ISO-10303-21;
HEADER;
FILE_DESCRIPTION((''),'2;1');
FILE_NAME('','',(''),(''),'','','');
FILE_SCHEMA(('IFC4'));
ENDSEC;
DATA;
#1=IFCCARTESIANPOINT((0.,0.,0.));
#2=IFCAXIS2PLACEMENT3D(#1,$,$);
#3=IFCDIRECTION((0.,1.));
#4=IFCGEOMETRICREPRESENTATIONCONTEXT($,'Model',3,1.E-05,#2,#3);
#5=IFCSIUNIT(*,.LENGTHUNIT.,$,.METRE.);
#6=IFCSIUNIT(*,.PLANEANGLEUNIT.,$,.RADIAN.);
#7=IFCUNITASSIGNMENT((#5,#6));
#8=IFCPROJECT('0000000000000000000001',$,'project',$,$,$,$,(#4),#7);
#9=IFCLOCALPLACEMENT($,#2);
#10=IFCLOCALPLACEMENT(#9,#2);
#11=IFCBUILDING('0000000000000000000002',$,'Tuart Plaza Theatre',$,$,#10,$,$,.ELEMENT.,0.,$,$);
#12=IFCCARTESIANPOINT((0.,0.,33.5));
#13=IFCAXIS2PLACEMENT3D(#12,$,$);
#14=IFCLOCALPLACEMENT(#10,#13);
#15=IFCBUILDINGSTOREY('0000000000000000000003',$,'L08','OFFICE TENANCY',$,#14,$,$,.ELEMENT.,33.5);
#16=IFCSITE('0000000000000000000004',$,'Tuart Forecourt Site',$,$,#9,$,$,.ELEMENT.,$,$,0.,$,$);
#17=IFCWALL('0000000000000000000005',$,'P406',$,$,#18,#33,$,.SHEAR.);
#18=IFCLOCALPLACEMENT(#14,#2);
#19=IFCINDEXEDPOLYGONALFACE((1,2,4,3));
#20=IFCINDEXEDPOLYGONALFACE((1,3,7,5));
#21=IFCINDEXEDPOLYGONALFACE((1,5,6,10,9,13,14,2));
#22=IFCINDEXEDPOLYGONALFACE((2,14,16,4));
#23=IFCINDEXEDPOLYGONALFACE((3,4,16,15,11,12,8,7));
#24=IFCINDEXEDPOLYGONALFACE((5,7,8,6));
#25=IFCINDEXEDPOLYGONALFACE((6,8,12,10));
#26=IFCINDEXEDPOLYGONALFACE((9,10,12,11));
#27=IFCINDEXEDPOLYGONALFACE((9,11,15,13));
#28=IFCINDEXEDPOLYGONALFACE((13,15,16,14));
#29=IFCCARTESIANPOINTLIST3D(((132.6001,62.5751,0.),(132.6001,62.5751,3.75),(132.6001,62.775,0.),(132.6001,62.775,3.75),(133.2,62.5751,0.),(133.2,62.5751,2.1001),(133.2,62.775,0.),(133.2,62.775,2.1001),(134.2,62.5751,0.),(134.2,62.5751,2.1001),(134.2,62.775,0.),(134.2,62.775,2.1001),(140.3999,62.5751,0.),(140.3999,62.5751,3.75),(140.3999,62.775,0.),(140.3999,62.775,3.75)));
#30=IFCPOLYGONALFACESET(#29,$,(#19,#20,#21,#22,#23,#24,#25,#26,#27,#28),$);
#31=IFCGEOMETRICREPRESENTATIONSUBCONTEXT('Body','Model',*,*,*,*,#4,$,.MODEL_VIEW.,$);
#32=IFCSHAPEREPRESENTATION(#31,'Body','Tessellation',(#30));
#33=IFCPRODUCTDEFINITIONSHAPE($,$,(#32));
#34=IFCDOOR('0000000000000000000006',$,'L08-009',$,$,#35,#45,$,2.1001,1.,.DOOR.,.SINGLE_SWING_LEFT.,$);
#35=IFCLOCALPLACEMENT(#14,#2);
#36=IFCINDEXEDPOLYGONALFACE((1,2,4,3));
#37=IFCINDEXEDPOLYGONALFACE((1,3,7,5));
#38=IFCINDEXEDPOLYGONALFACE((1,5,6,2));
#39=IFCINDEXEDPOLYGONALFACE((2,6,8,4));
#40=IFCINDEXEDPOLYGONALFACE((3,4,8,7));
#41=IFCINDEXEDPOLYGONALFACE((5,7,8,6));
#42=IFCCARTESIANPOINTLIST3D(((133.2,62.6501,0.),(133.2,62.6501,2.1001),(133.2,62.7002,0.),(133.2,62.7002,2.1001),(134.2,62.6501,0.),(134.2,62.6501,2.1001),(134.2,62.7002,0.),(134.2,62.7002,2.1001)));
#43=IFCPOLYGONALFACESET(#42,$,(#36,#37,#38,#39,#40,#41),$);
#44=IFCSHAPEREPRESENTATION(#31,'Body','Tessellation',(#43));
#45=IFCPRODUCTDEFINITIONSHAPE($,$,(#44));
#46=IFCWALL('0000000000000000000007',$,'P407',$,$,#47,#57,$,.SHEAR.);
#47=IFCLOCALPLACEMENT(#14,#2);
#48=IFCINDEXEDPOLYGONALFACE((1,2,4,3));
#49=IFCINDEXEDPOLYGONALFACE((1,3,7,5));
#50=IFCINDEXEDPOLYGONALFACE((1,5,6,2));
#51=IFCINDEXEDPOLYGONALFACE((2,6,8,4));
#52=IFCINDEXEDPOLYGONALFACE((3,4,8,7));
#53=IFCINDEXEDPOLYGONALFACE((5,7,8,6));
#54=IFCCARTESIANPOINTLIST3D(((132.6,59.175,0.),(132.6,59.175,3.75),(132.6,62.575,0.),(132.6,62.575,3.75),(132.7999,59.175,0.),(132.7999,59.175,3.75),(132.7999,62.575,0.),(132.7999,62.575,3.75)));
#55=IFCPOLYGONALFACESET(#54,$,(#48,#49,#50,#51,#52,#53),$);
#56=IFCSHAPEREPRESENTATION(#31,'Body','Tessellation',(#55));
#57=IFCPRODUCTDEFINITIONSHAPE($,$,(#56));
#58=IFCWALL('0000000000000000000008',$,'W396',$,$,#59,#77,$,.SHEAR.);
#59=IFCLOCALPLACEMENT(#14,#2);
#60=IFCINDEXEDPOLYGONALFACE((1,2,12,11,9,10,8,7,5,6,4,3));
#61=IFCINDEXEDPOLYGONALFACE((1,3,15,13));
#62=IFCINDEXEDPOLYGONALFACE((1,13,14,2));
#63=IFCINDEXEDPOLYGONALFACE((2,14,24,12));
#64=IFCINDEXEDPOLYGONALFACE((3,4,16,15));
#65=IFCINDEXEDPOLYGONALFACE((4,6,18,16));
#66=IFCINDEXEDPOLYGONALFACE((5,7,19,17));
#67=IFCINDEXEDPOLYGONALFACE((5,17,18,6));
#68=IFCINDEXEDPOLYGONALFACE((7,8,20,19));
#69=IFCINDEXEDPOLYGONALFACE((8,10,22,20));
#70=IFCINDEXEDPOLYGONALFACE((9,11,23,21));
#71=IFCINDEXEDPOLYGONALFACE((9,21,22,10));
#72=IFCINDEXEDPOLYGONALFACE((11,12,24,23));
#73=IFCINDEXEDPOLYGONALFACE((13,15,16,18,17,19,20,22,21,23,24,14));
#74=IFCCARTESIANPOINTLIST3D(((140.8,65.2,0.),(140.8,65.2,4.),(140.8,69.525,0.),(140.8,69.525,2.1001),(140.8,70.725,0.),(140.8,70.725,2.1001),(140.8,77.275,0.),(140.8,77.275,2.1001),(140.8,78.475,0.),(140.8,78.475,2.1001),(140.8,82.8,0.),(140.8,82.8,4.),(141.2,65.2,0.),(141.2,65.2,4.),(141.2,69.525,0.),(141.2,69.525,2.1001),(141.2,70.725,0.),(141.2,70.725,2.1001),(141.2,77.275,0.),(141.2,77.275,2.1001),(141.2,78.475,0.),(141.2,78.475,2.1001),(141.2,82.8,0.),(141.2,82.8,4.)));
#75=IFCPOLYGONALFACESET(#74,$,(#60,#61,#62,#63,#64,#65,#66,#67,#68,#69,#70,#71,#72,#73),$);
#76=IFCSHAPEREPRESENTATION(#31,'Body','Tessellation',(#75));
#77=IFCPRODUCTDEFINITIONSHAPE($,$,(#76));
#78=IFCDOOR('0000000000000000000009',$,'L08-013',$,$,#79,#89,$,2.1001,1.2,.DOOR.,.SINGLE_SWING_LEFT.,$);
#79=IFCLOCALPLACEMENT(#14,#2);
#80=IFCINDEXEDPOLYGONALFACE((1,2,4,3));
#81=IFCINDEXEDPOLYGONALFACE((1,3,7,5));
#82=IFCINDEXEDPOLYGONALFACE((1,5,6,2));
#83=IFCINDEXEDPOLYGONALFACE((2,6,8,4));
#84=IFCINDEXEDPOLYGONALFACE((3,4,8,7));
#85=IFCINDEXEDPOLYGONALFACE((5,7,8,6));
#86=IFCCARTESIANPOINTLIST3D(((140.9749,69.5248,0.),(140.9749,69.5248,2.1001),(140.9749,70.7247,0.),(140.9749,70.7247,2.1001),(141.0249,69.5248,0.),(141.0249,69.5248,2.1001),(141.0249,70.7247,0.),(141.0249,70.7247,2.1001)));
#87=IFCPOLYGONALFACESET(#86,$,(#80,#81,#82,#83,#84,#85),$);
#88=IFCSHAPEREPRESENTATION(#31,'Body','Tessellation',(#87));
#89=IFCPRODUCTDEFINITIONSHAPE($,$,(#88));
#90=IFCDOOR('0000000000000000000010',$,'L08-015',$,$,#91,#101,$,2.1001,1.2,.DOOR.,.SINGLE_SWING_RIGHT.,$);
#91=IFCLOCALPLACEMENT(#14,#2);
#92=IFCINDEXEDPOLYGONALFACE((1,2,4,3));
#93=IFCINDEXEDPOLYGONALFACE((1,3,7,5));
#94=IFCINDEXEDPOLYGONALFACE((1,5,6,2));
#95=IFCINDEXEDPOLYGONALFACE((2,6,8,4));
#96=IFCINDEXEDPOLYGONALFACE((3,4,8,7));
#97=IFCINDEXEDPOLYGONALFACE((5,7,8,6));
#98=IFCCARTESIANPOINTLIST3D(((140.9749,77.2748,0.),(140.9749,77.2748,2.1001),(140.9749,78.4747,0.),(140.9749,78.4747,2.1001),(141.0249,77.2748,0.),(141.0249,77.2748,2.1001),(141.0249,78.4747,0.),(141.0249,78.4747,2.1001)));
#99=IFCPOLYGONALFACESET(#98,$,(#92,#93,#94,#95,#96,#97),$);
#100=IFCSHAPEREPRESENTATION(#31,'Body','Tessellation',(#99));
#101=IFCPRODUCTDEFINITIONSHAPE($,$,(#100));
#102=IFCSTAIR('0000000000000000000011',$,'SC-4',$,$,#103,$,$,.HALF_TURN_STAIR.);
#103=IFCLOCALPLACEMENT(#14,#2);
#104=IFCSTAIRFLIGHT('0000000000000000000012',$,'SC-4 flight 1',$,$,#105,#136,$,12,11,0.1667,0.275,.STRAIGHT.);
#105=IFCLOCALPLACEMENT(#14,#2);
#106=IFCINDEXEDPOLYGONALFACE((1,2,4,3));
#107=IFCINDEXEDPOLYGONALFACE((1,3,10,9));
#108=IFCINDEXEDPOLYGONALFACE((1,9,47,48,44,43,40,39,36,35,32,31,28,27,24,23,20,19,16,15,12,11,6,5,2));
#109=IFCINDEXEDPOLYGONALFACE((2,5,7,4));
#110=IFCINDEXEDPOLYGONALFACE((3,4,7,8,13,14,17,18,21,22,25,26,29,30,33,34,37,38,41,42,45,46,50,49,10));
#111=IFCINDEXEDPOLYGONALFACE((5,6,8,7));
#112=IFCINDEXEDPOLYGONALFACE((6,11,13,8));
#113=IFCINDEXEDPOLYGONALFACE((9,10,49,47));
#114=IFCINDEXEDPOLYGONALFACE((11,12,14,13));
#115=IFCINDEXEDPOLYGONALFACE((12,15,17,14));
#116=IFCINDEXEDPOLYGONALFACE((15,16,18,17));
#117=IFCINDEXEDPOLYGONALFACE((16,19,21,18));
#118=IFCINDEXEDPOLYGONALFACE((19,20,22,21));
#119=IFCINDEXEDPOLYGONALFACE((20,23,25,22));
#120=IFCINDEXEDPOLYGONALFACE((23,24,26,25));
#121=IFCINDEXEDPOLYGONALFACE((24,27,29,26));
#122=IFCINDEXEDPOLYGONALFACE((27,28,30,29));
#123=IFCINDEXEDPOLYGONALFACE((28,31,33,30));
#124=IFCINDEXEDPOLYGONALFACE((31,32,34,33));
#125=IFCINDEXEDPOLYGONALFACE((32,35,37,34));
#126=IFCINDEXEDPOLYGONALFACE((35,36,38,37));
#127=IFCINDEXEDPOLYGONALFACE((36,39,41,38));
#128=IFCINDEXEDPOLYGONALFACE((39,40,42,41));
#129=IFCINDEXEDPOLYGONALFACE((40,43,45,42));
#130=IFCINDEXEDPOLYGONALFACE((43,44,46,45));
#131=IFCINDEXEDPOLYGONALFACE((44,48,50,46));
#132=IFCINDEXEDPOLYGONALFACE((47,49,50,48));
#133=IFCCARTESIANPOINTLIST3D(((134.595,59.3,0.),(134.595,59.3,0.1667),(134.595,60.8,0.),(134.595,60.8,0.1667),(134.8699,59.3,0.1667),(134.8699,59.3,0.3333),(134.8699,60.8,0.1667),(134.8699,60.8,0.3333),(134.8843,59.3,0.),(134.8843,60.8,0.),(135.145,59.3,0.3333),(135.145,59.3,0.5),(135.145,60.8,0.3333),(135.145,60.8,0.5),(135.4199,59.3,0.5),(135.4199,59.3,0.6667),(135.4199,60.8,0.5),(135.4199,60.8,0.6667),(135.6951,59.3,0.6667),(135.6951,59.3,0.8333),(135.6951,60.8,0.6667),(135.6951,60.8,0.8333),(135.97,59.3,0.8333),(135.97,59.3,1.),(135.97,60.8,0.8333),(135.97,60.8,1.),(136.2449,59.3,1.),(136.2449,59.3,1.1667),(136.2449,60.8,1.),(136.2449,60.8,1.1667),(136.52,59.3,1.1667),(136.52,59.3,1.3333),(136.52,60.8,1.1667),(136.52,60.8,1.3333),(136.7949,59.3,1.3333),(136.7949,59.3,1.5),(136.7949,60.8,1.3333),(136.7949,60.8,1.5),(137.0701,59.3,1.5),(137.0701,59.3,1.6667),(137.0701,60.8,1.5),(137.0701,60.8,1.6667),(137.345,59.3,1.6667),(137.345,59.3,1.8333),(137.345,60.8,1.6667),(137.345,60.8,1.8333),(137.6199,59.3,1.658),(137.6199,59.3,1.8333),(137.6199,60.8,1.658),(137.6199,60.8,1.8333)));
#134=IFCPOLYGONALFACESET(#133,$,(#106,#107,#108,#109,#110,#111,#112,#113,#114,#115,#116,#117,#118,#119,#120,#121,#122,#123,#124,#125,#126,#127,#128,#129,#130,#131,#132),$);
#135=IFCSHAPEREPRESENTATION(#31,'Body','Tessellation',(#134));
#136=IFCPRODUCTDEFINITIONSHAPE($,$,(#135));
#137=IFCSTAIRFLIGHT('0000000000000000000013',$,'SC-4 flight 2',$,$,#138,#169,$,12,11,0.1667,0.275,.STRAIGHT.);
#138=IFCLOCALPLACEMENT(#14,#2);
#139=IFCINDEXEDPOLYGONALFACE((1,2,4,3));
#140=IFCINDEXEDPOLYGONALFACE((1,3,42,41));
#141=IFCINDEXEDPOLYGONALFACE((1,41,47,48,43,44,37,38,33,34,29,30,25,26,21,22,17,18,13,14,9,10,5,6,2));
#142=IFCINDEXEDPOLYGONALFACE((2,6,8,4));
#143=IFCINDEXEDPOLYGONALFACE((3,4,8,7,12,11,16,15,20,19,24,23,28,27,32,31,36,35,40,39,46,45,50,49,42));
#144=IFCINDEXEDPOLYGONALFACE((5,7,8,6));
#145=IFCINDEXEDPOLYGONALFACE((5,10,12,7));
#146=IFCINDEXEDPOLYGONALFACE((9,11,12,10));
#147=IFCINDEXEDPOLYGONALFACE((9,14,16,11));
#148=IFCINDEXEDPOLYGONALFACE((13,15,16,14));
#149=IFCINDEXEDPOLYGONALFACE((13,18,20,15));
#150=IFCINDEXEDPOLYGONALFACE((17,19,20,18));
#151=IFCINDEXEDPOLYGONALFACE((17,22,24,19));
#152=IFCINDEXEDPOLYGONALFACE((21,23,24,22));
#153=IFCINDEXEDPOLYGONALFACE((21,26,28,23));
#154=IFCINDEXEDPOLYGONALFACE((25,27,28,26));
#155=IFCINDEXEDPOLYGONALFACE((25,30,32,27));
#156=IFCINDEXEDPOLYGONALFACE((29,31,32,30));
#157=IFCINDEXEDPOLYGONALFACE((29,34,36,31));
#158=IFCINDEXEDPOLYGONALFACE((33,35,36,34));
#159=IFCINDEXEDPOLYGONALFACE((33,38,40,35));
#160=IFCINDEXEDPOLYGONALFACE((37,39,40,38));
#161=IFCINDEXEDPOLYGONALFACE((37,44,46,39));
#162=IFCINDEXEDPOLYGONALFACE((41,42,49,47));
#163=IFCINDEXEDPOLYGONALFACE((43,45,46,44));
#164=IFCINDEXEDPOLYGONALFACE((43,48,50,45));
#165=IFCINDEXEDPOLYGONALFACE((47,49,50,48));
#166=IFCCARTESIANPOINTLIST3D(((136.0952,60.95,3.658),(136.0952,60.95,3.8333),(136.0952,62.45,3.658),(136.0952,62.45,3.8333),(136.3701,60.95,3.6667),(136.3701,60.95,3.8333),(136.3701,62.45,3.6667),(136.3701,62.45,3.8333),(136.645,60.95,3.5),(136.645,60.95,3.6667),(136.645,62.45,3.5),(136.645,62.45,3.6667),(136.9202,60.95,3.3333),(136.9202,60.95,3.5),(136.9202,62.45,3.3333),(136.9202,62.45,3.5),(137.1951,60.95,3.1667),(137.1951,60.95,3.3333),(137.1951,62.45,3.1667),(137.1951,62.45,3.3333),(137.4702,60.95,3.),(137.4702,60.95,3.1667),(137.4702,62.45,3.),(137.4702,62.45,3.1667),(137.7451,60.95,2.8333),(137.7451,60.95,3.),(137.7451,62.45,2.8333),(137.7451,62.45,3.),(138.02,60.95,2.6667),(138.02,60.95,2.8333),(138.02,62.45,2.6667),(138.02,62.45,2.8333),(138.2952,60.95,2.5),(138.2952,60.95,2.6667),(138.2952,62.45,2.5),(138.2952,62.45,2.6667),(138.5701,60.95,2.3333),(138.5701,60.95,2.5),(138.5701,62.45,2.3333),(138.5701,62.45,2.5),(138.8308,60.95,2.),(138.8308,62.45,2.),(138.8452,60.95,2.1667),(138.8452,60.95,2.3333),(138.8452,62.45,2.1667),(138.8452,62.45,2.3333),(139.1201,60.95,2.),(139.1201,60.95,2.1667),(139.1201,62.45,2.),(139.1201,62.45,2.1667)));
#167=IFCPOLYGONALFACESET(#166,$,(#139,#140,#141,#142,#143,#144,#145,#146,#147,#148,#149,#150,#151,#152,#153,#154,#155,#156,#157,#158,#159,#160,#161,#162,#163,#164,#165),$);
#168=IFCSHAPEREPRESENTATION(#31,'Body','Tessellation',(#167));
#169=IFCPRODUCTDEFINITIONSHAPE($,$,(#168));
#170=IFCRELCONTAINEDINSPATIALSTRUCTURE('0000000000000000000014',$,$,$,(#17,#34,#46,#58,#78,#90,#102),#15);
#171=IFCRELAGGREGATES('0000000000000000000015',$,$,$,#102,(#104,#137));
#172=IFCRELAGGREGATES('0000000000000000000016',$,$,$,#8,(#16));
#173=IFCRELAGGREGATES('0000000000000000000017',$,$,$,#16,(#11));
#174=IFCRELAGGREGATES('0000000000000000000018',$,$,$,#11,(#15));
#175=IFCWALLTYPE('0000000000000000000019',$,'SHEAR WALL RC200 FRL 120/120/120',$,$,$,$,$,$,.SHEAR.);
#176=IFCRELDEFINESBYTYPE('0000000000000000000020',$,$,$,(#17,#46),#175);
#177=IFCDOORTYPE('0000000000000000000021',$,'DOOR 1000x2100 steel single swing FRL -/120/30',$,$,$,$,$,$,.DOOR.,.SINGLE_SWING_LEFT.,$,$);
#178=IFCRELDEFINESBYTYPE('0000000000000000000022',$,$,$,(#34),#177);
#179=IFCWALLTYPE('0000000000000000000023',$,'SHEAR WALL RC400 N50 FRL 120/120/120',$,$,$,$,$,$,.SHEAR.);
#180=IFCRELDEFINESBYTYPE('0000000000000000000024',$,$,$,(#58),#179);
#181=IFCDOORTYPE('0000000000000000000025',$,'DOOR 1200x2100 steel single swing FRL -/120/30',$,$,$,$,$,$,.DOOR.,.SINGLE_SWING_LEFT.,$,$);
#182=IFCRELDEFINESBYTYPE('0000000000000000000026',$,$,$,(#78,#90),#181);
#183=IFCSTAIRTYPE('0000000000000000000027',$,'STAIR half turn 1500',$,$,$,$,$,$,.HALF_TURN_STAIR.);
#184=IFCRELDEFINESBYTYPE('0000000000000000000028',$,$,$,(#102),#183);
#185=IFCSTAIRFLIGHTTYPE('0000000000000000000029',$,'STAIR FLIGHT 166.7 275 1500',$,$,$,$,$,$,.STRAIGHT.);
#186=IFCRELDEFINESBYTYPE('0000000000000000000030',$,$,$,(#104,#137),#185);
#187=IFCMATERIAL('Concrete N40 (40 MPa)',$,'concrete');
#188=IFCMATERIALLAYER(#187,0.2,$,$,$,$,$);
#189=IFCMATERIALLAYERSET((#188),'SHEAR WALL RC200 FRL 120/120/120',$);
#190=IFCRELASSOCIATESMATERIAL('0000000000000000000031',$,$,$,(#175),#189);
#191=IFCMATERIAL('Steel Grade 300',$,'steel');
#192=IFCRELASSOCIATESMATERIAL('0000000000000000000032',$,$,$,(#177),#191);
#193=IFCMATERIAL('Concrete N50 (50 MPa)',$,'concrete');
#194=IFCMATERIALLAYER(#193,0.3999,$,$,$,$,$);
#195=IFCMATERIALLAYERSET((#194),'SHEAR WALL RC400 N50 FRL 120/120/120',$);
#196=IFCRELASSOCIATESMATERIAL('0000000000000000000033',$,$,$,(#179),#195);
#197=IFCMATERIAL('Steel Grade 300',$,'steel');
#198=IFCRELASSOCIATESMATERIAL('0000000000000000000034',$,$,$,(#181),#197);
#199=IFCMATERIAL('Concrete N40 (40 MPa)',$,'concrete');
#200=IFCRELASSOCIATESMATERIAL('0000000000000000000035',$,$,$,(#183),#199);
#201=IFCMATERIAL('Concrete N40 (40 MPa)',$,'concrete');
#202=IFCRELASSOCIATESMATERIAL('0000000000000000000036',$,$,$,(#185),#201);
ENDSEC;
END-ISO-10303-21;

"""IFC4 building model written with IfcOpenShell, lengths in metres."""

from ifc_helpers import new_model, si_unit, direction, frame, frame_2d, origin, place, context, subcontext, project, spatial, polyline, rectangle, outline, extrude, material, layer, layer_set, type_object, element, fill, aggregate, save


model = new_model("IFC4")

# Units and contexts
model_context = context("Model", 3, precision=1e-05, world=origin(), true_north=direction((0.0, 1.0)))
body_context = subcontext(model_context, "Body", "Model", "MODEL_VIEW")
ifc_project = project(units=[si_unit("LENGTHUNIT", "METRE"), si_unit("PLANEANGLEUNIT", "RADIAN")], contexts=[model_context])

# Site, building, storey
site_placement = place(None, origin())
site = spatial("IfcSite", under=ifc_project, at=site_placement, Name="Tuart Forecourt Site", CompositionType="ELEMENT", RefElevation=0.0)
building_placement = place(site_placement, origin())
building = spatial("IfcBuilding", under=site, at=building_placement, Name="Tuart Plaza Theatre", CompositionType="ELEMENT", ElevationOfRefHeight=0.0)
storey_placement = place(building_placement, frame((0.0, 0.0, 33.5)))
storey = spatial("IfcBuildingStorey", under=building, at=storey_placement, Name="L08", Description="OFFICE TENANCY", CompositionType="ELEMENT", Elevation=33.5)

# Shared definitions
ifc_material_1 = material(Name="Concrete N40 (40 MPa)", Category="concrete")
ifc_layer_1 = layer(ifc_material_1, 0.2)
ifc_layer_set_1 = layer_set([ifc_layer_1], Name="SHEAR WALL RC200 FRL 120/120/120")
wall_type_1 = type_object("IfcWallType", Name="SHEAR WALL RC200 FRL 120/120/120", PredefinedType="SHEAR", material=ifc_layer_set_1)

# Wall, opening, door
wall_1_placement = place(storey_placement, frame((140.3999, 62.675, 0.0), z_axis=(0.0, 0.0, 1.0), x_axis=(-1.0, 0.0, 0.0)))
wall_1 = element("IfcWall", 1, at=wall_1_placement, inside=storey, type_object=wall_type_1, Name="P406", PredefinedType="SHEAR", context=body_context, shape_type="SweptSolid", body=[
    extrude(rectangle(XDim=7.7998, YDim=0.2, at=frame_2d((3.8999, 0.0))), origin(), (0.0, 0.0, 1.0), 3.75),
])
opening_1_placement = place(wall_1_placement, frame((6.2, 0.0, 0.0)))
opening_1 = element("IfcOpeningElement", 2, at=opening_1_placement, cuts=wall_1, PredefinedType="OPENING", context=body_context, shape_type="SweptSolid", body=[
    extrude(rectangle(XDim=1.0, YDim=2.1001, at=frame_2d((0.5, 1.05))), frame((0.0, 0.1099, 0.0), z_axis=(0.0, -1.0, 0.0), x_axis=(1.0, 0.0, 0.0)), (0.0, 0.0, 1.0), 0.22),
])
ifc_material_2 = material(Name="Steel Grade 300", Category="steel")
door_type_1 = type_object("IfcDoorType", Name="DOOR 1000x2100 steel single swing FRL -/120/30", OperationType="SINGLE_SWING_LEFT", PredefinedType="DOOR", material=ifc_material_2)
door_1_placement = place(opening_1_placement, origin())
door_1 = element("IfcDoor", 3, at=door_1_placement, inside=storey, type_object=door_type_1, Name="L08-009", OperationType="SINGLE_SWING_LEFT", OverallHeight=2.1001, OverallWidth=1.0, PredefinedType="DOOR", context=body_context, shape_type="SweptSolid", body=[
    extrude(rectangle(XDim=1.0, YDim=2.1001, at=frame_2d((0.5, 1.05))), frame((0.0, 0.0249, 0.0), z_axis=(0.0, -1.0, 0.0), x_axis=(1.0, 0.0, 0.0)), (0.0, 0.0, 1.0), 0.05),
])
fill(opening_1, door_1)

# Wall
wall_2_placement = place(storey_placement, frame((132.7, 62.575, 0.0), z_axis=(0.0, 0.0, 1.0), x_axis=(0.0, -1.0, 0.0)))
element("IfcWall", 4, at=wall_2_placement, inside=storey, type_object=wall_type_1, Name="P407", PredefinedType="SHEAR", context=body_context, shape_type="SweptSolid", body=[
    extrude(rectangle(XDim=3.3999, YDim=0.2, at=frame_2d((1.7, 0.0))), origin(), (0.0, 0.0, 1.0), 3.75),
])

# Wall, openings, doors
ifc_material_3 = material(Name="Concrete N50 (50 MPa)", Category="concrete")
ifc_layer_2 = layer(ifc_material_3, 0.3999)
ifc_layer_set_2 = layer_set([ifc_layer_2], Name="SHEAR WALL RC400 N50 FRL 120/120/120")
wall_type_2 = type_object("IfcWallType", Name="SHEAR WALL RC400 N50 FRL 120/120/120", PredefinedType="SHEAR", material=ifc_layer_set_2)
wall_3_placement = place(storey_placement, frame((141.0, 65.2, 0.0), z_axis=(0.0, 0.0, 1.0), x_axis=(0.0, 1.0, 0.0)))
wall_3 = element("IfcWall", 5, at=wall_3_placement, inside=storey, type_object=wall_type_2, Name="W396", PredefinedType="SHEAR", context=body_context, shape_type="SweptSolid", body=[
    extrude(rectangle(XDim=17.6001, YDim=0.3999, at=frame_2d((8.8, 0.0))), origin(), (0.0, 0.0, 1.0), 4.0),
])
opening_2_placement = place(wall_3_placement, frame((4.325, 0.0, 0.0)))
opening_2 = element("IfcOpeningElement", 6, at=opening_2_placement, cuts=wall_3, PredefinedType="OPENING", context=body_context, shape_type="SweptSolid", body=[
    extrude(rectangle(XDim=1.2, YDim=2.1001, at=frame_2d((0.6001, 1.05))), frame((0.0, 0.21, 0.0), z_axis=(0.0, -1.0, 0.0), x_axis=(1.0, 0.0, 0.0)), (0.0, 0.0, 1.0), 0.4199),
])
opening_3_placement = place(wall_3_placement, frame((12.075, 0.0, 0.0)))
opening_3 = element("IfcOpeningElement", 7, at=opening_3_placement, cuts=wall_3, PredefinedType="OPENING", context=body_context, shape_type="SweptSolid", body=[
    extrude(rectangle(XDim=1.2, YDim=2.1001, at=frame_2d((0.6001, 1.05))), frame((0.0, 0.21, 0.0), z_axis=(0.0, -1.0, 0.0), x_axis=(1.0, 0.0, 0.0)), (0.0, 0.0, 1.0), 0.4199),
])
ifc_material_4 = material(Name="Steel Grade 300", Category="steel")
door_type_2 = type_object("IfcDoorType", Name="DOOR 1200x2100 steel single swing FRL -/120/30", OperationType="SINGLE_SWING_LEFT", PredefinedType="DOOR", material=ifc_material_4)
door_2_placement = place(opening_2_placement, frame((1.2, 0.0, 0.0), z_axis=(0.0, 0.0, 1.0), x_axis=(-1.0, 0.0, 0.0)))
door_2 = element("IfcDoor", 8, at=door_2_placement, inside=storey, type_object=door_type_2, Name="L08-013", OperationType="SINGLE_SWING_LEFT", OverallHeight=2.1001, OverallWidth=1.2, PredefinedType="DOOR", context=body_context, shape_type="SweptSolid", body=[
    extrude(rectangle(XDim=1.2, YDim=2.1001, at=frame_2d((0.6001, 1.05))), frame((0.0, 0.0249, 0.0), z_axis=(0.0, -1.0, 0.0), x_axis=(1.0, 0.0, 0.0)), (0.0, 0.0, 1.0), 0.05),
])
fill(opening_2, door_2)
door_3_placement = place(opening_3_placement, frame((1.2, 0.0, 0.0), z_axis=(0.0, 0.0, 1.0), x_axis=(-1.0, 0.0, 0.0)))
door_3 = element("IfcDoor", 9, at=door_3_placement, inside=storey, type_object=door_type_2, Name="L08-015", OperationType="SINGLE_SWING_RIGHT", OverallHeight=2.1001, OverallWidth=1.2, PredefinedType="DOOR", context=body_context, shape_type="SweptSolid", body=[
    extrude(rectangle(XDim=1.2, YDim=2.1001, at=frame_2d((0.6001, 1.05))), frame((0.0, 0.0249, 0.0), z_axis=(0.0, -1.0, 0.0), x_axis=(1.0, 0.0, 0.0)), (0.0, 0.0, 1.0), 0.05),
])
fill(opening_3, door_3)

# Stair, stair flights
ifc_material_5 = material(Name="Concrete N40 (40 MPa)", Category="concrete")
stair_type = type_object("IfcStairType", Name="STAIR half turn 1500", PredefinedType="HALF_TURN_STAIR", material=ifc_material_5)
stair_placement = place(storey_placement, origin())
stair = element("IfcStair", 10, at=stair_placement, inside=storey, type_object=stair_type, Name="SC-4", PredefinedType="HALF_TURN_STAIR")
ifc_material_6 = material(Name="Concrete N40 (40 MPa)", Category="concrete")
stair_flight_type = type_object("IfcStairFlightType", Name="STAIR FLIGHT 166.7 275 1500", PredefinedType="STRAIGHT", material=ifc_material_6)
stair_flight_1_placement = place(storey_placement, frame((134.595, 60.05, 0.0), z_axis=(0.0, 0.0, 1.0), x_axis=(1.0, 0.0, 0.0)))
stair_flight_1 = element("IfcStairFlight", 11, at=stair_flight_1_placement, type_object=stair_flight_type, Name="SC-4 flight 1", NumberOfRisers=12, NumberOfTreads=11, PredefinedType="STRAIGHT", RiserHeight=0.1667, TreadLength=0.275, context=body_context, shape_type="SweptSolid", body=[
    extrude(outline(polyline([(0.0, 0.0), (0.0, 0.1667), (0.2749, 0.1667), (0.2749, 0.3333), (0.55, 0.3333), (0.55, 0.5), (0.825, 0.5), (0.825, 0.6667), (1.1001, 0.6667), (1.1001, 0.8333), (1.375, 0.8333), (1.375, 1.0), (1.6499, 1.0), (1.6499, 1.1667), (1.925, 1.1667), (1.925, 1.3333), (2.2, 1.3333), (2.2, 1.5), (2.4751, 1.5), (2.4751, 1.6667), (2.75, 1.6667), (2.75, 1.8333), (3.0249, 1.8333), (3.0249, 2.0), (3.0249, 1.658), (0.2893, 0.0), (0.0, 0.0)])), frame((0.0, 0.75, 0.0), z_axis=(0.0, -1.0, 0.0), x_axis=(1.0, 0.0, 0.0)), (0.0, 0.0, 1.0), 1.5),
])
stair_flight_2_placement = place(storey_placement, frame((139.1201, 61.7, 2.0), z_axis=(0.0, 0.0, 1.0), x_axis=(-1.0, 0.0, 0.0)))
stair_flight_2 = element("IfcStairFlight", 12, at=stair_flight_2_placement, type_object=stair_flight_type, Name="SC-4 flight 2", NumberOfRisers=12, NumberOfTreads=11, PredefinedType="STRAIGHT", RiserHeight=0.1667, TreadLength=0.275, context=body_context, shape_type="SweptSolid", body=[
    extrude(outline(polyline([(0.0, 0.0), (0.0, 0.1667), (0.2749, 0.1667), (0.2749, 0.3333), (0.55, 0.3333), (0.55, 0.5), (0.825, 0.5), (0.825, 0.6667), (1.1001, 0.6667), (1.1001, 0.8333), (1.375, 0.8333), (1.375, 1.0), (1.6499, 1.0), (1.6499, 1.1667), (1.925, 1.1667), (1.925, 1.3333), (2.2, 1.3333), (2.2, 1.5), (2.4751, 1.5), (2.4751, 1.6667), (2.75, 1.6667), (2.75, 1.8333), (3.0249, 1.8333), (3.0249, 2.0), (3.0249, 1.658), (0.2893, 0.0), (0.0, 0.0)])), frame((0.0, 0.75, 0.0), z_axis=(0.0, -1.0, 0.0), x_axis=(1.0, 0.0, 0.0)), (0.0, 0.0, 1.0), 1.5),
])
aggregate(stair, [stair_flight_1, stair_flight_2])

save(model, "model.ifc")
